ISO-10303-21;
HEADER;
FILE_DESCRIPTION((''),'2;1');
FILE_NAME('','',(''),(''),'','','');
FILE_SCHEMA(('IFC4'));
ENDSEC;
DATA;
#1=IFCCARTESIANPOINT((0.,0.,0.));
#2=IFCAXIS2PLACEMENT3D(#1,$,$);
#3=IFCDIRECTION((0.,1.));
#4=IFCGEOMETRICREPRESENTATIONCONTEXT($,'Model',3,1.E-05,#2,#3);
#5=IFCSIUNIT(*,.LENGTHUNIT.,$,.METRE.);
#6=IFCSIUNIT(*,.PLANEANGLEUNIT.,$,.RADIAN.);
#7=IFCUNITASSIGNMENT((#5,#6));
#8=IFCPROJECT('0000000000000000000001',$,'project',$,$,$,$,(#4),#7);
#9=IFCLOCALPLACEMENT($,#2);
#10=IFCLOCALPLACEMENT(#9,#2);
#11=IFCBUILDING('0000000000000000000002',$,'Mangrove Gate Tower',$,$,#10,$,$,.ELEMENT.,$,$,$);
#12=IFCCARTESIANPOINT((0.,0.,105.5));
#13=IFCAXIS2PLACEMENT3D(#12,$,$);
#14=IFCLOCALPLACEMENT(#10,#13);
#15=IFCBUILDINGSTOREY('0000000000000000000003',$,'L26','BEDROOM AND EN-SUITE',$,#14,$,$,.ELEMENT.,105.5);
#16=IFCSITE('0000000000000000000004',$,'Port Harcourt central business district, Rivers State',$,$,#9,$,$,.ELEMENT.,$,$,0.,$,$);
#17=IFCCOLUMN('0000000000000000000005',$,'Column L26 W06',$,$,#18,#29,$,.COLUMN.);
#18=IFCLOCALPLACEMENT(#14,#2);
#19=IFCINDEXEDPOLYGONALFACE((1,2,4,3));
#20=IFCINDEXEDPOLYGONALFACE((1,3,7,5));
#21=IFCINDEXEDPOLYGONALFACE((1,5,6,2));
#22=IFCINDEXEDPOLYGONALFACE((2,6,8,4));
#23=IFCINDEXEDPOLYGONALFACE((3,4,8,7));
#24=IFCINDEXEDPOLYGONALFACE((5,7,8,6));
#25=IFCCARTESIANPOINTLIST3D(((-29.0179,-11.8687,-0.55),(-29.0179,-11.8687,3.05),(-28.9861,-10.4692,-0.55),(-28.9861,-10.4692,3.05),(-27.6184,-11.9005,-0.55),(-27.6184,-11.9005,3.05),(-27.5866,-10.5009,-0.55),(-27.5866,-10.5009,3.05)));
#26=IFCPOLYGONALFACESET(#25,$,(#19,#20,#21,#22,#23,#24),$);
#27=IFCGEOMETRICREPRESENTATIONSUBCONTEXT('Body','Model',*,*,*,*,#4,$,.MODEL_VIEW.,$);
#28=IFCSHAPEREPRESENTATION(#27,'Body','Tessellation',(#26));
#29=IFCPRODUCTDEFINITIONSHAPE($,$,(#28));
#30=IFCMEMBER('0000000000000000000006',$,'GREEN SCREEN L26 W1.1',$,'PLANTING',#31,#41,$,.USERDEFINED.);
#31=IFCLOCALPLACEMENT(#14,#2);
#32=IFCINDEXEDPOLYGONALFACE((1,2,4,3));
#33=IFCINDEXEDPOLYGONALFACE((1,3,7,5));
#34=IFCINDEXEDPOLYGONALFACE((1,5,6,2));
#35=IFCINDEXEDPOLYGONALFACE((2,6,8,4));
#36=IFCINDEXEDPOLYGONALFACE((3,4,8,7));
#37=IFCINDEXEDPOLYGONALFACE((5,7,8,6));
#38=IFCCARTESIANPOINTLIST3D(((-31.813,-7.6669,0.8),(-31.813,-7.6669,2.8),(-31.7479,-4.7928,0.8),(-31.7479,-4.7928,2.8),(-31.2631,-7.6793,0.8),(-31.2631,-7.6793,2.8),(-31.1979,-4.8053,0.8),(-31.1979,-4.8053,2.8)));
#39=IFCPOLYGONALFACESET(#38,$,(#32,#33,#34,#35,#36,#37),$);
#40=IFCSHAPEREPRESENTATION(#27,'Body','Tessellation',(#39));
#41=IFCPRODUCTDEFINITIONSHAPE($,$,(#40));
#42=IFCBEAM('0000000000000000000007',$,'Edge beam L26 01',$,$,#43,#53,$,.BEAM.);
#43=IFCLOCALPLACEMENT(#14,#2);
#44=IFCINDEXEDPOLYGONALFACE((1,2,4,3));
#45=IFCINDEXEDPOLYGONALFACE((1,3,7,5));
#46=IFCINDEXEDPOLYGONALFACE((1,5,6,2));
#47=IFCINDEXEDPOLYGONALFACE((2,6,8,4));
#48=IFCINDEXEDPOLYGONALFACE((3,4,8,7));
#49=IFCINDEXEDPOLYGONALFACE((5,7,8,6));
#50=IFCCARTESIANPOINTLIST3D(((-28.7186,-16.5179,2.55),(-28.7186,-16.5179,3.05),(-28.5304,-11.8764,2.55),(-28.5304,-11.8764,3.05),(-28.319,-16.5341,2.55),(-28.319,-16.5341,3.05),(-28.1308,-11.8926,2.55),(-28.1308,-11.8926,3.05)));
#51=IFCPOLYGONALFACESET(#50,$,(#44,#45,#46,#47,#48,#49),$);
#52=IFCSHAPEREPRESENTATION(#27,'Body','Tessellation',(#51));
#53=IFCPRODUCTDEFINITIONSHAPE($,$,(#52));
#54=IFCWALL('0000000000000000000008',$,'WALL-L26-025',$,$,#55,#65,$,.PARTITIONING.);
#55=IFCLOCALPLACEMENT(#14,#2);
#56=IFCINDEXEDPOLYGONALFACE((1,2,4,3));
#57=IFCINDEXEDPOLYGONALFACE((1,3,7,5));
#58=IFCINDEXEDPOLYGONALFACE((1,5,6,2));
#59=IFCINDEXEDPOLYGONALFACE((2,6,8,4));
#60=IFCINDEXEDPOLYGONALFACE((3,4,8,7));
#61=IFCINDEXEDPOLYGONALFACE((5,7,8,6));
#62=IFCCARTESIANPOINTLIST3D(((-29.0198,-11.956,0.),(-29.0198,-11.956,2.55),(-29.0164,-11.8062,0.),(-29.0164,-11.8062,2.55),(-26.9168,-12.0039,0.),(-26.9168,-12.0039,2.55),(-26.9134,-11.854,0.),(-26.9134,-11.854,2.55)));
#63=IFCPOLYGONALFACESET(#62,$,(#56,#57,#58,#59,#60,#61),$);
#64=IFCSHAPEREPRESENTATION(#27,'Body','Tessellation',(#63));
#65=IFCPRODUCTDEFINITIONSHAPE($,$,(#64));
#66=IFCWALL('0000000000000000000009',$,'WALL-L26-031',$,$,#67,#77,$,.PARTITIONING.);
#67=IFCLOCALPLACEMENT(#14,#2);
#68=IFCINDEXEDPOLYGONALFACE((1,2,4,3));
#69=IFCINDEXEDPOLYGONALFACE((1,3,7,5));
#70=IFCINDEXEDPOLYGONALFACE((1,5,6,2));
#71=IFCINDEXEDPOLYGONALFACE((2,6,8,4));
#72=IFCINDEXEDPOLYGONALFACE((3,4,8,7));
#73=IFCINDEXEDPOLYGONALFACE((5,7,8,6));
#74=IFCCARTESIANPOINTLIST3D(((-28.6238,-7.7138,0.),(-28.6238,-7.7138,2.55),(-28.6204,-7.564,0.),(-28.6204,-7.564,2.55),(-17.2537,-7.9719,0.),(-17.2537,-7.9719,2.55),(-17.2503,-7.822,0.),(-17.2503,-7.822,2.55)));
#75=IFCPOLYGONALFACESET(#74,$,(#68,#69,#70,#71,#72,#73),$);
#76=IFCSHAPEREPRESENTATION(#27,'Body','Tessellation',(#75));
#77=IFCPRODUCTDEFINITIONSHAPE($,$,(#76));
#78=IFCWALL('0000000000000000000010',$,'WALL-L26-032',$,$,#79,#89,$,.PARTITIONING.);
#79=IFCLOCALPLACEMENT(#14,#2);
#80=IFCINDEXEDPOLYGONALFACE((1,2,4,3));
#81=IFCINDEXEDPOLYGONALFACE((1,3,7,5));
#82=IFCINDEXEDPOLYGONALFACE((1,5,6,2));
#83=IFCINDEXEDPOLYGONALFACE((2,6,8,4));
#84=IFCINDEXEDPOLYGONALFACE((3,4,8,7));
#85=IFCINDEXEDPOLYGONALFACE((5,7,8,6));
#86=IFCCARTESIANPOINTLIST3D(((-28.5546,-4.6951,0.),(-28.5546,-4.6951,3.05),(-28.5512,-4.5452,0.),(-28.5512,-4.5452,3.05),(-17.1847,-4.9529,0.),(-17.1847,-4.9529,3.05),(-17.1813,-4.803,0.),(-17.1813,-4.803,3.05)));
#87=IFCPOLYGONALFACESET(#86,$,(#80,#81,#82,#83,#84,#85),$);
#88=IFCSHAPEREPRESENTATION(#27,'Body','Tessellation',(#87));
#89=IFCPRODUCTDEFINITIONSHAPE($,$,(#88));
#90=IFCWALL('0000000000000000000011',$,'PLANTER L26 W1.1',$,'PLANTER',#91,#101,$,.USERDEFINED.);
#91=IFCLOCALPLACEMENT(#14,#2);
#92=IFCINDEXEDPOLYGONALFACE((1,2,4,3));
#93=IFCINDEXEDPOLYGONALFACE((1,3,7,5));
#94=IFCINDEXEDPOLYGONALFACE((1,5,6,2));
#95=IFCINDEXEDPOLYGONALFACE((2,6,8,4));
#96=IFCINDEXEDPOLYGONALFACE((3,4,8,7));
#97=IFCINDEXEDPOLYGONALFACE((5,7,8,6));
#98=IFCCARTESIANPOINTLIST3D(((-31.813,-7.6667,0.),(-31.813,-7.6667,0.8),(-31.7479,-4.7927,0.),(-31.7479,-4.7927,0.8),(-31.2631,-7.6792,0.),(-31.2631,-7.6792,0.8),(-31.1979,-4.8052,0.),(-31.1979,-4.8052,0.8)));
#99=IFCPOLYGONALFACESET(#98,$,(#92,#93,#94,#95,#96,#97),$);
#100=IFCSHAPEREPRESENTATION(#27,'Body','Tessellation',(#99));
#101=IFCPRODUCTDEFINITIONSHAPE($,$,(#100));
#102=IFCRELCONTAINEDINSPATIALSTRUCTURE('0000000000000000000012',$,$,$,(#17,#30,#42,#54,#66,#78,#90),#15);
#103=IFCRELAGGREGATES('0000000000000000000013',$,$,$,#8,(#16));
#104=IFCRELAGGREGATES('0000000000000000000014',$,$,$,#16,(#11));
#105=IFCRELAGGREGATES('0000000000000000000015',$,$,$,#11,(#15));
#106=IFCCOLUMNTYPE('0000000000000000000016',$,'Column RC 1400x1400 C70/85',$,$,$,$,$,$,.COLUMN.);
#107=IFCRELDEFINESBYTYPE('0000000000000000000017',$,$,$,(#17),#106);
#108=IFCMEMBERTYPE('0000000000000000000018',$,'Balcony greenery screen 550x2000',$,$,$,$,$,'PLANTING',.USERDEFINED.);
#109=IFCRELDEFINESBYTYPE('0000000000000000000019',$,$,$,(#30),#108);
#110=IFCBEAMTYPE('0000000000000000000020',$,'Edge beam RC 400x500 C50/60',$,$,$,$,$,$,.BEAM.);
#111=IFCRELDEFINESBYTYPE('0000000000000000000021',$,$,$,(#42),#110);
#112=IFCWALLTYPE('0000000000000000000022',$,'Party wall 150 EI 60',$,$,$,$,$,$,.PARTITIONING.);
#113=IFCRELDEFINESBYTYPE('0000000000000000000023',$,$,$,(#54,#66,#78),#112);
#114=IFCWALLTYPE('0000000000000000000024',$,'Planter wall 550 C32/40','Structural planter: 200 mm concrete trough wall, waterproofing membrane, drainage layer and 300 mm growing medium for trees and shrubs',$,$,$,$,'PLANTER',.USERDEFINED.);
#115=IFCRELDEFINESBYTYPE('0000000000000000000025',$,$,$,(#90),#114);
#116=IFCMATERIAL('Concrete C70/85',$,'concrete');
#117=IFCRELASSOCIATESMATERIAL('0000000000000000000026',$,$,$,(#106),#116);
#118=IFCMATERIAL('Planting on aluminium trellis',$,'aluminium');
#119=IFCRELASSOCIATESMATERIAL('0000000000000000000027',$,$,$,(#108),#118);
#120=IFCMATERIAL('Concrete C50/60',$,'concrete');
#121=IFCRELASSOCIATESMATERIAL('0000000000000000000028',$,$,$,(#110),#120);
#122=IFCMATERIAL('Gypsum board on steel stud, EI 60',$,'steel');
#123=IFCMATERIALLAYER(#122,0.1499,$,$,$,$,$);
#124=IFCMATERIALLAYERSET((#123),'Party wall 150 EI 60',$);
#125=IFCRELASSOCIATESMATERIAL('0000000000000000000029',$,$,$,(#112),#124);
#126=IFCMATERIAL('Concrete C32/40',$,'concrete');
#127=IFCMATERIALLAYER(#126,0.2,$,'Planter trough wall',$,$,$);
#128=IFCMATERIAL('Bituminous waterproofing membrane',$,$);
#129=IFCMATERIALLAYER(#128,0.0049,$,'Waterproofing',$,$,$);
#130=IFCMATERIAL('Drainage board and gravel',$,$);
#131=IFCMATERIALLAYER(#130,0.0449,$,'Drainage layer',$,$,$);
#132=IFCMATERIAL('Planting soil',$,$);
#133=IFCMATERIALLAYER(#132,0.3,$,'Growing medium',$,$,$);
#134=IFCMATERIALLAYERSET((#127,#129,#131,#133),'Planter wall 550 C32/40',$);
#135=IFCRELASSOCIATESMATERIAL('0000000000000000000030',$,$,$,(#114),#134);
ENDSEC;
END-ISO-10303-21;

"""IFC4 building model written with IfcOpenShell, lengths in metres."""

from ifc_helpers import new_model, si_unit, direction, frame, frame_2d, origin, origin_2d, place, context, subcontext, project, spatial, rectangle, extrude, material, layer, layer_set, material_profile, profile_set, type_object, element, save


model = new_model("IFC4")

# Units and contexts
model_context = context("Model", 3, precision=1e-05, world=origin(), true_north=direction((0.0, 1.0)))
body_context = subcontext(model_context, "Body", "Model", "MODEL_VIEW")
ifc_project = project(units=[si_unit("LENGTHUNIT", "METRE"), si_unit("PLANEANGLEUNIT", "RADIAN")], contexts=[model_context])

# Site, building, storey
site_placement = place(None, origin())
site = spatial("IfcSite", under=ifc_project, at=site_placement, Name="Port Harcourt central business district, Rivers State", CompositionType="ELEMENT", RefElevation=0.0)
building_placement = place(site_placement, origin())
building = spatial("IfcBuilding", under=site, at=building_placement, Name="Mangrove Gate Tower", CompositionType="ELEMENT")
storey_placement = place(building_placement, frame((0.0, 0.0, 105.5)))
storey = spatial("IfcBuildingStorey", under=building, at=storey_placement, Name="L26", Description="BEDROOM AND EN-SUITE", CompositionType="ELEMENT", Elevation=105.5)

# Column
ifc_material_1 = material(Name="Concrete C70/85", Category="concrete")
ifc_material_profile_1 = material_profile(ifc_material_1, rectangle(XDim=1.3999, YDim=1.3999, at=origin_2d()))
ifc_profile_set_1 = profile_set([ifc_material_profile_1], Name="Concrete C70/85")
column_type = type_object("IfcColumnType", Name="Column RC 1400x1400 C70/85", PredefinedType="COLUMN", material=ifc_profile_set_1)
column_placement = place(storey_placement, frame((-28.3022, -11.1848, -0.55), z_axis=(0.0, 0.0, 1.0), x_axis=(-0.022706, -0.999742, 0.0)))
element("IfcColumn", 1, at=column_placement, inside=storey, type_object=column_type, Name="Column L26 W06", PredefinedType="COLUMN", context=body_context, shape_type="SweptSolid", body=[
    extrude(rectangle(XDim=1.3999, YDim=1.3999, at=origin_2d()), origin(), (0.0, 0.0, 1.0), 3.6001),
])

# Member
ifc_material_2 = material(Name="Planting on aluminium trellis", Category="aluminium")
ifc_material_profile_2 = material_profile(ifc_material_2, rectangle(XDim=0.55, YDim=2.0, at=origin_2d()))
ifc_profile_set_2 = profile_set([ifc_material_profile_2], Name="Planting on aluminium trellis")
member_type = type_object("IfcMemberType", Name="Balcony greenery screen 550x2000", ElementType="PLANTING", PredefinedType="USERDEFINED", material=ifc_profile_set_2)
member_placement = place(storey_placement, frame((-31.5381, -7.6731, 1.8), z_axis=(0.022675, 0.999743, 0.0), x_axis=(-0.999743, 0.022675, 0.0)))
element("IfcMember", 2, at=member_placement, inside=storey, type_object=member_type, Name="GREEN SCREEN L26 W1.1", ObjectType="PLANTING", PredefinedType="USERDEFINED", context=body_context, shape_type="SweptSolid", body=[
    extrude(rectangle(XDim=0.55, YDim=2.0, at=origin_2d()), origin(), (0.0, 0.0, 1.0), 2.8748),
])

# Beam
ifc_material_3 = material(Name="Concrete C50/60", Category="concrete")
ifc_material_profile_3 = material_profile(ifc_material_3, rectangle(XDim=0.3999, YDim=0.5, at=origin_2d()))
ifc_profile_set_3 = profile_set([ifc_material_profile_3], Name="Concrete C50/60")
beam_type = type_object("IfcBeamType", Name="Edge beam RC 400x500 C50/60", PredefinedType="BEAM", material=ifc_profile_set_3)
beam_placement = place(storey_placement, frame((-28.3306, -11.8845, 2.8), z_axis=(-0.040522, -0.999179, 0.0), x_axis=(0.999179, -0.040522, 0.0)))
element("IfcBeam", 3, at=beam_placement, inside=storey, type_object=beam_type, Name="Edge beam L26 01", PredefinedType="BEAM", context=body_context, shape_type="SweptSolid", body=[
    extrude(rectangle(XDim=0.3999, YDim=0.5, at=origin_2d()), origin(), (0.0, 0.0, 1.0), 4.6453),
])

# Walls
ifc_material_4 = material(Name="Gypsum board on steel stud, EI 60", Category="steel")
ifc_layer_1 = layer(ifc_material_4, 0.1499)
ifc_layer_set_1 = layer_set([ifc_layer_1], Name="Party wall 150 EI 60")
wall_type_1 = type_object("IfcWallType", Name="Party wall 150 EI 60", PredefinedType="PARTITIONING", material=ifc_layer_set_1)
wall_1_placement = place(storey_placement, frame((-29.0181, -11.8811, 0.0), z_axis=(0.0, 0.0, 1.0), x_axis=(0.999741, -0.022748, 0.0)))
element("IfcWall", 4, at=wall_1_placement, inside=storey, type_object=wall_type_1, Name="WALL-L26-025", PredefinedType="PARTITIONING", context=body_context, shape_type="SweptSolid", body=[
    extrude(rectangle(XDim=2.1035, YDim=0.1499, at=frame_2d((1.0518, 0.0))), origin(), (0.0, 0.0, 1.0), 2.55),
])
wall_2_placement = place(storey_placement, frame((-28.6221, -7.6389, 0.0), z_axis=(0.0, 0.0, 1.0), x_axis=(0.999743, -0.02269, 0.0)))
element("IfcWall", 5, at=wall_2_placement, inside=storey, type_object=wall_type_1, Name="WALL-L26-031", PredefinedType="PARTITIONING", context=body_context, shape_type="SweptSolid", body=[
    extrude(rectangle(XDim=11.373, YDim=0.1499, at=frame_2d((5.6865, 0.0))), origin(), (0.0, 0.0, 1.0), 2.55),
])
wall_3_placement = place(storey_placement, frame((-28.553, -4.6201, 0.0), z_axis=(0.0, 0.0, 1.0), x_axis=(0.999743, -0.022669, 0.0)))
element("IfcWall", 6, at=wall_3_placement, inside=storey, type_object=wall_type_1, Name="WALL-L26-032", PredefinedType="PARTITIONING", context=body_context, shape_type="SweptSolid", body=[
    extrude(rectangle(XDim=11.3728, YDim=0.1499, at=frame_2d((5.6865, 0.0))), origin(), (0.0, 0.0, 1.0), 3.05),
])
ifc_material_5 = material(Name="Concrete C32/40", Category="concrete")
ifc_layer_2 = layer(ifc_material_5, 0.2, Name="Planter trough wall")
ifc_material_6 = material(Name="Bituminous waterproofing membrane")
ifc_layer_3 = layer(ifc_material_6, 0.0049, Name="Waterproofing")
ifc_material_7 = material(Name="Drainage board and gravel")
ifc_layer_4 = layer(ifc_material_7, 0.0449, Name="Drainage layer")
ifc_material_8 = material(Name="Planting soil")
ifc_layer_5 = layer(ifc_material_8, 0.3, Name="Growing medium")
ifc_layer_set_2 = layer_set([ifc_layer_2, ifc_layer_3, ifc_layer_4, ifc_layer_5], Name="Planter wall 550 C32/40")
wall_type_2 = type_object("IfcWallType", Name="Planter wall 550 C32/40", Description="Structural planter: 200 mm concrete trough wall, waterproofing membrane, drainage layer and 300 mm growing medium for trees and shrubs", ElementType="PLANTER", PredefinedType="USERDEFINED", material=ifc_layer_set_2)
wall_4_placement = place(storey_placement, frame((-31.5381, -7.6731, 0.0), z_axis=(0.0, 0.0, 1.0), x_axis=(0.022675, 0.999743, 0.0)))
element("IfcWall", 7, at=wall_4_placement, inside=storey, type_object=wall_type_2, Name="PLANTER L26 W1.1", ObjectType="PLANTER", PredefinedType="USERDEFINED", context=body_context, shape_type="SweptSolid", body=[
    extrude(rectangle(XDim=2.8748, YDim=0.55, at=frame_2d((1.4375, 0.0))), origin(), (0.0, 0.0, 1.0), 0.8),
])

save(model, "model.ifc")
